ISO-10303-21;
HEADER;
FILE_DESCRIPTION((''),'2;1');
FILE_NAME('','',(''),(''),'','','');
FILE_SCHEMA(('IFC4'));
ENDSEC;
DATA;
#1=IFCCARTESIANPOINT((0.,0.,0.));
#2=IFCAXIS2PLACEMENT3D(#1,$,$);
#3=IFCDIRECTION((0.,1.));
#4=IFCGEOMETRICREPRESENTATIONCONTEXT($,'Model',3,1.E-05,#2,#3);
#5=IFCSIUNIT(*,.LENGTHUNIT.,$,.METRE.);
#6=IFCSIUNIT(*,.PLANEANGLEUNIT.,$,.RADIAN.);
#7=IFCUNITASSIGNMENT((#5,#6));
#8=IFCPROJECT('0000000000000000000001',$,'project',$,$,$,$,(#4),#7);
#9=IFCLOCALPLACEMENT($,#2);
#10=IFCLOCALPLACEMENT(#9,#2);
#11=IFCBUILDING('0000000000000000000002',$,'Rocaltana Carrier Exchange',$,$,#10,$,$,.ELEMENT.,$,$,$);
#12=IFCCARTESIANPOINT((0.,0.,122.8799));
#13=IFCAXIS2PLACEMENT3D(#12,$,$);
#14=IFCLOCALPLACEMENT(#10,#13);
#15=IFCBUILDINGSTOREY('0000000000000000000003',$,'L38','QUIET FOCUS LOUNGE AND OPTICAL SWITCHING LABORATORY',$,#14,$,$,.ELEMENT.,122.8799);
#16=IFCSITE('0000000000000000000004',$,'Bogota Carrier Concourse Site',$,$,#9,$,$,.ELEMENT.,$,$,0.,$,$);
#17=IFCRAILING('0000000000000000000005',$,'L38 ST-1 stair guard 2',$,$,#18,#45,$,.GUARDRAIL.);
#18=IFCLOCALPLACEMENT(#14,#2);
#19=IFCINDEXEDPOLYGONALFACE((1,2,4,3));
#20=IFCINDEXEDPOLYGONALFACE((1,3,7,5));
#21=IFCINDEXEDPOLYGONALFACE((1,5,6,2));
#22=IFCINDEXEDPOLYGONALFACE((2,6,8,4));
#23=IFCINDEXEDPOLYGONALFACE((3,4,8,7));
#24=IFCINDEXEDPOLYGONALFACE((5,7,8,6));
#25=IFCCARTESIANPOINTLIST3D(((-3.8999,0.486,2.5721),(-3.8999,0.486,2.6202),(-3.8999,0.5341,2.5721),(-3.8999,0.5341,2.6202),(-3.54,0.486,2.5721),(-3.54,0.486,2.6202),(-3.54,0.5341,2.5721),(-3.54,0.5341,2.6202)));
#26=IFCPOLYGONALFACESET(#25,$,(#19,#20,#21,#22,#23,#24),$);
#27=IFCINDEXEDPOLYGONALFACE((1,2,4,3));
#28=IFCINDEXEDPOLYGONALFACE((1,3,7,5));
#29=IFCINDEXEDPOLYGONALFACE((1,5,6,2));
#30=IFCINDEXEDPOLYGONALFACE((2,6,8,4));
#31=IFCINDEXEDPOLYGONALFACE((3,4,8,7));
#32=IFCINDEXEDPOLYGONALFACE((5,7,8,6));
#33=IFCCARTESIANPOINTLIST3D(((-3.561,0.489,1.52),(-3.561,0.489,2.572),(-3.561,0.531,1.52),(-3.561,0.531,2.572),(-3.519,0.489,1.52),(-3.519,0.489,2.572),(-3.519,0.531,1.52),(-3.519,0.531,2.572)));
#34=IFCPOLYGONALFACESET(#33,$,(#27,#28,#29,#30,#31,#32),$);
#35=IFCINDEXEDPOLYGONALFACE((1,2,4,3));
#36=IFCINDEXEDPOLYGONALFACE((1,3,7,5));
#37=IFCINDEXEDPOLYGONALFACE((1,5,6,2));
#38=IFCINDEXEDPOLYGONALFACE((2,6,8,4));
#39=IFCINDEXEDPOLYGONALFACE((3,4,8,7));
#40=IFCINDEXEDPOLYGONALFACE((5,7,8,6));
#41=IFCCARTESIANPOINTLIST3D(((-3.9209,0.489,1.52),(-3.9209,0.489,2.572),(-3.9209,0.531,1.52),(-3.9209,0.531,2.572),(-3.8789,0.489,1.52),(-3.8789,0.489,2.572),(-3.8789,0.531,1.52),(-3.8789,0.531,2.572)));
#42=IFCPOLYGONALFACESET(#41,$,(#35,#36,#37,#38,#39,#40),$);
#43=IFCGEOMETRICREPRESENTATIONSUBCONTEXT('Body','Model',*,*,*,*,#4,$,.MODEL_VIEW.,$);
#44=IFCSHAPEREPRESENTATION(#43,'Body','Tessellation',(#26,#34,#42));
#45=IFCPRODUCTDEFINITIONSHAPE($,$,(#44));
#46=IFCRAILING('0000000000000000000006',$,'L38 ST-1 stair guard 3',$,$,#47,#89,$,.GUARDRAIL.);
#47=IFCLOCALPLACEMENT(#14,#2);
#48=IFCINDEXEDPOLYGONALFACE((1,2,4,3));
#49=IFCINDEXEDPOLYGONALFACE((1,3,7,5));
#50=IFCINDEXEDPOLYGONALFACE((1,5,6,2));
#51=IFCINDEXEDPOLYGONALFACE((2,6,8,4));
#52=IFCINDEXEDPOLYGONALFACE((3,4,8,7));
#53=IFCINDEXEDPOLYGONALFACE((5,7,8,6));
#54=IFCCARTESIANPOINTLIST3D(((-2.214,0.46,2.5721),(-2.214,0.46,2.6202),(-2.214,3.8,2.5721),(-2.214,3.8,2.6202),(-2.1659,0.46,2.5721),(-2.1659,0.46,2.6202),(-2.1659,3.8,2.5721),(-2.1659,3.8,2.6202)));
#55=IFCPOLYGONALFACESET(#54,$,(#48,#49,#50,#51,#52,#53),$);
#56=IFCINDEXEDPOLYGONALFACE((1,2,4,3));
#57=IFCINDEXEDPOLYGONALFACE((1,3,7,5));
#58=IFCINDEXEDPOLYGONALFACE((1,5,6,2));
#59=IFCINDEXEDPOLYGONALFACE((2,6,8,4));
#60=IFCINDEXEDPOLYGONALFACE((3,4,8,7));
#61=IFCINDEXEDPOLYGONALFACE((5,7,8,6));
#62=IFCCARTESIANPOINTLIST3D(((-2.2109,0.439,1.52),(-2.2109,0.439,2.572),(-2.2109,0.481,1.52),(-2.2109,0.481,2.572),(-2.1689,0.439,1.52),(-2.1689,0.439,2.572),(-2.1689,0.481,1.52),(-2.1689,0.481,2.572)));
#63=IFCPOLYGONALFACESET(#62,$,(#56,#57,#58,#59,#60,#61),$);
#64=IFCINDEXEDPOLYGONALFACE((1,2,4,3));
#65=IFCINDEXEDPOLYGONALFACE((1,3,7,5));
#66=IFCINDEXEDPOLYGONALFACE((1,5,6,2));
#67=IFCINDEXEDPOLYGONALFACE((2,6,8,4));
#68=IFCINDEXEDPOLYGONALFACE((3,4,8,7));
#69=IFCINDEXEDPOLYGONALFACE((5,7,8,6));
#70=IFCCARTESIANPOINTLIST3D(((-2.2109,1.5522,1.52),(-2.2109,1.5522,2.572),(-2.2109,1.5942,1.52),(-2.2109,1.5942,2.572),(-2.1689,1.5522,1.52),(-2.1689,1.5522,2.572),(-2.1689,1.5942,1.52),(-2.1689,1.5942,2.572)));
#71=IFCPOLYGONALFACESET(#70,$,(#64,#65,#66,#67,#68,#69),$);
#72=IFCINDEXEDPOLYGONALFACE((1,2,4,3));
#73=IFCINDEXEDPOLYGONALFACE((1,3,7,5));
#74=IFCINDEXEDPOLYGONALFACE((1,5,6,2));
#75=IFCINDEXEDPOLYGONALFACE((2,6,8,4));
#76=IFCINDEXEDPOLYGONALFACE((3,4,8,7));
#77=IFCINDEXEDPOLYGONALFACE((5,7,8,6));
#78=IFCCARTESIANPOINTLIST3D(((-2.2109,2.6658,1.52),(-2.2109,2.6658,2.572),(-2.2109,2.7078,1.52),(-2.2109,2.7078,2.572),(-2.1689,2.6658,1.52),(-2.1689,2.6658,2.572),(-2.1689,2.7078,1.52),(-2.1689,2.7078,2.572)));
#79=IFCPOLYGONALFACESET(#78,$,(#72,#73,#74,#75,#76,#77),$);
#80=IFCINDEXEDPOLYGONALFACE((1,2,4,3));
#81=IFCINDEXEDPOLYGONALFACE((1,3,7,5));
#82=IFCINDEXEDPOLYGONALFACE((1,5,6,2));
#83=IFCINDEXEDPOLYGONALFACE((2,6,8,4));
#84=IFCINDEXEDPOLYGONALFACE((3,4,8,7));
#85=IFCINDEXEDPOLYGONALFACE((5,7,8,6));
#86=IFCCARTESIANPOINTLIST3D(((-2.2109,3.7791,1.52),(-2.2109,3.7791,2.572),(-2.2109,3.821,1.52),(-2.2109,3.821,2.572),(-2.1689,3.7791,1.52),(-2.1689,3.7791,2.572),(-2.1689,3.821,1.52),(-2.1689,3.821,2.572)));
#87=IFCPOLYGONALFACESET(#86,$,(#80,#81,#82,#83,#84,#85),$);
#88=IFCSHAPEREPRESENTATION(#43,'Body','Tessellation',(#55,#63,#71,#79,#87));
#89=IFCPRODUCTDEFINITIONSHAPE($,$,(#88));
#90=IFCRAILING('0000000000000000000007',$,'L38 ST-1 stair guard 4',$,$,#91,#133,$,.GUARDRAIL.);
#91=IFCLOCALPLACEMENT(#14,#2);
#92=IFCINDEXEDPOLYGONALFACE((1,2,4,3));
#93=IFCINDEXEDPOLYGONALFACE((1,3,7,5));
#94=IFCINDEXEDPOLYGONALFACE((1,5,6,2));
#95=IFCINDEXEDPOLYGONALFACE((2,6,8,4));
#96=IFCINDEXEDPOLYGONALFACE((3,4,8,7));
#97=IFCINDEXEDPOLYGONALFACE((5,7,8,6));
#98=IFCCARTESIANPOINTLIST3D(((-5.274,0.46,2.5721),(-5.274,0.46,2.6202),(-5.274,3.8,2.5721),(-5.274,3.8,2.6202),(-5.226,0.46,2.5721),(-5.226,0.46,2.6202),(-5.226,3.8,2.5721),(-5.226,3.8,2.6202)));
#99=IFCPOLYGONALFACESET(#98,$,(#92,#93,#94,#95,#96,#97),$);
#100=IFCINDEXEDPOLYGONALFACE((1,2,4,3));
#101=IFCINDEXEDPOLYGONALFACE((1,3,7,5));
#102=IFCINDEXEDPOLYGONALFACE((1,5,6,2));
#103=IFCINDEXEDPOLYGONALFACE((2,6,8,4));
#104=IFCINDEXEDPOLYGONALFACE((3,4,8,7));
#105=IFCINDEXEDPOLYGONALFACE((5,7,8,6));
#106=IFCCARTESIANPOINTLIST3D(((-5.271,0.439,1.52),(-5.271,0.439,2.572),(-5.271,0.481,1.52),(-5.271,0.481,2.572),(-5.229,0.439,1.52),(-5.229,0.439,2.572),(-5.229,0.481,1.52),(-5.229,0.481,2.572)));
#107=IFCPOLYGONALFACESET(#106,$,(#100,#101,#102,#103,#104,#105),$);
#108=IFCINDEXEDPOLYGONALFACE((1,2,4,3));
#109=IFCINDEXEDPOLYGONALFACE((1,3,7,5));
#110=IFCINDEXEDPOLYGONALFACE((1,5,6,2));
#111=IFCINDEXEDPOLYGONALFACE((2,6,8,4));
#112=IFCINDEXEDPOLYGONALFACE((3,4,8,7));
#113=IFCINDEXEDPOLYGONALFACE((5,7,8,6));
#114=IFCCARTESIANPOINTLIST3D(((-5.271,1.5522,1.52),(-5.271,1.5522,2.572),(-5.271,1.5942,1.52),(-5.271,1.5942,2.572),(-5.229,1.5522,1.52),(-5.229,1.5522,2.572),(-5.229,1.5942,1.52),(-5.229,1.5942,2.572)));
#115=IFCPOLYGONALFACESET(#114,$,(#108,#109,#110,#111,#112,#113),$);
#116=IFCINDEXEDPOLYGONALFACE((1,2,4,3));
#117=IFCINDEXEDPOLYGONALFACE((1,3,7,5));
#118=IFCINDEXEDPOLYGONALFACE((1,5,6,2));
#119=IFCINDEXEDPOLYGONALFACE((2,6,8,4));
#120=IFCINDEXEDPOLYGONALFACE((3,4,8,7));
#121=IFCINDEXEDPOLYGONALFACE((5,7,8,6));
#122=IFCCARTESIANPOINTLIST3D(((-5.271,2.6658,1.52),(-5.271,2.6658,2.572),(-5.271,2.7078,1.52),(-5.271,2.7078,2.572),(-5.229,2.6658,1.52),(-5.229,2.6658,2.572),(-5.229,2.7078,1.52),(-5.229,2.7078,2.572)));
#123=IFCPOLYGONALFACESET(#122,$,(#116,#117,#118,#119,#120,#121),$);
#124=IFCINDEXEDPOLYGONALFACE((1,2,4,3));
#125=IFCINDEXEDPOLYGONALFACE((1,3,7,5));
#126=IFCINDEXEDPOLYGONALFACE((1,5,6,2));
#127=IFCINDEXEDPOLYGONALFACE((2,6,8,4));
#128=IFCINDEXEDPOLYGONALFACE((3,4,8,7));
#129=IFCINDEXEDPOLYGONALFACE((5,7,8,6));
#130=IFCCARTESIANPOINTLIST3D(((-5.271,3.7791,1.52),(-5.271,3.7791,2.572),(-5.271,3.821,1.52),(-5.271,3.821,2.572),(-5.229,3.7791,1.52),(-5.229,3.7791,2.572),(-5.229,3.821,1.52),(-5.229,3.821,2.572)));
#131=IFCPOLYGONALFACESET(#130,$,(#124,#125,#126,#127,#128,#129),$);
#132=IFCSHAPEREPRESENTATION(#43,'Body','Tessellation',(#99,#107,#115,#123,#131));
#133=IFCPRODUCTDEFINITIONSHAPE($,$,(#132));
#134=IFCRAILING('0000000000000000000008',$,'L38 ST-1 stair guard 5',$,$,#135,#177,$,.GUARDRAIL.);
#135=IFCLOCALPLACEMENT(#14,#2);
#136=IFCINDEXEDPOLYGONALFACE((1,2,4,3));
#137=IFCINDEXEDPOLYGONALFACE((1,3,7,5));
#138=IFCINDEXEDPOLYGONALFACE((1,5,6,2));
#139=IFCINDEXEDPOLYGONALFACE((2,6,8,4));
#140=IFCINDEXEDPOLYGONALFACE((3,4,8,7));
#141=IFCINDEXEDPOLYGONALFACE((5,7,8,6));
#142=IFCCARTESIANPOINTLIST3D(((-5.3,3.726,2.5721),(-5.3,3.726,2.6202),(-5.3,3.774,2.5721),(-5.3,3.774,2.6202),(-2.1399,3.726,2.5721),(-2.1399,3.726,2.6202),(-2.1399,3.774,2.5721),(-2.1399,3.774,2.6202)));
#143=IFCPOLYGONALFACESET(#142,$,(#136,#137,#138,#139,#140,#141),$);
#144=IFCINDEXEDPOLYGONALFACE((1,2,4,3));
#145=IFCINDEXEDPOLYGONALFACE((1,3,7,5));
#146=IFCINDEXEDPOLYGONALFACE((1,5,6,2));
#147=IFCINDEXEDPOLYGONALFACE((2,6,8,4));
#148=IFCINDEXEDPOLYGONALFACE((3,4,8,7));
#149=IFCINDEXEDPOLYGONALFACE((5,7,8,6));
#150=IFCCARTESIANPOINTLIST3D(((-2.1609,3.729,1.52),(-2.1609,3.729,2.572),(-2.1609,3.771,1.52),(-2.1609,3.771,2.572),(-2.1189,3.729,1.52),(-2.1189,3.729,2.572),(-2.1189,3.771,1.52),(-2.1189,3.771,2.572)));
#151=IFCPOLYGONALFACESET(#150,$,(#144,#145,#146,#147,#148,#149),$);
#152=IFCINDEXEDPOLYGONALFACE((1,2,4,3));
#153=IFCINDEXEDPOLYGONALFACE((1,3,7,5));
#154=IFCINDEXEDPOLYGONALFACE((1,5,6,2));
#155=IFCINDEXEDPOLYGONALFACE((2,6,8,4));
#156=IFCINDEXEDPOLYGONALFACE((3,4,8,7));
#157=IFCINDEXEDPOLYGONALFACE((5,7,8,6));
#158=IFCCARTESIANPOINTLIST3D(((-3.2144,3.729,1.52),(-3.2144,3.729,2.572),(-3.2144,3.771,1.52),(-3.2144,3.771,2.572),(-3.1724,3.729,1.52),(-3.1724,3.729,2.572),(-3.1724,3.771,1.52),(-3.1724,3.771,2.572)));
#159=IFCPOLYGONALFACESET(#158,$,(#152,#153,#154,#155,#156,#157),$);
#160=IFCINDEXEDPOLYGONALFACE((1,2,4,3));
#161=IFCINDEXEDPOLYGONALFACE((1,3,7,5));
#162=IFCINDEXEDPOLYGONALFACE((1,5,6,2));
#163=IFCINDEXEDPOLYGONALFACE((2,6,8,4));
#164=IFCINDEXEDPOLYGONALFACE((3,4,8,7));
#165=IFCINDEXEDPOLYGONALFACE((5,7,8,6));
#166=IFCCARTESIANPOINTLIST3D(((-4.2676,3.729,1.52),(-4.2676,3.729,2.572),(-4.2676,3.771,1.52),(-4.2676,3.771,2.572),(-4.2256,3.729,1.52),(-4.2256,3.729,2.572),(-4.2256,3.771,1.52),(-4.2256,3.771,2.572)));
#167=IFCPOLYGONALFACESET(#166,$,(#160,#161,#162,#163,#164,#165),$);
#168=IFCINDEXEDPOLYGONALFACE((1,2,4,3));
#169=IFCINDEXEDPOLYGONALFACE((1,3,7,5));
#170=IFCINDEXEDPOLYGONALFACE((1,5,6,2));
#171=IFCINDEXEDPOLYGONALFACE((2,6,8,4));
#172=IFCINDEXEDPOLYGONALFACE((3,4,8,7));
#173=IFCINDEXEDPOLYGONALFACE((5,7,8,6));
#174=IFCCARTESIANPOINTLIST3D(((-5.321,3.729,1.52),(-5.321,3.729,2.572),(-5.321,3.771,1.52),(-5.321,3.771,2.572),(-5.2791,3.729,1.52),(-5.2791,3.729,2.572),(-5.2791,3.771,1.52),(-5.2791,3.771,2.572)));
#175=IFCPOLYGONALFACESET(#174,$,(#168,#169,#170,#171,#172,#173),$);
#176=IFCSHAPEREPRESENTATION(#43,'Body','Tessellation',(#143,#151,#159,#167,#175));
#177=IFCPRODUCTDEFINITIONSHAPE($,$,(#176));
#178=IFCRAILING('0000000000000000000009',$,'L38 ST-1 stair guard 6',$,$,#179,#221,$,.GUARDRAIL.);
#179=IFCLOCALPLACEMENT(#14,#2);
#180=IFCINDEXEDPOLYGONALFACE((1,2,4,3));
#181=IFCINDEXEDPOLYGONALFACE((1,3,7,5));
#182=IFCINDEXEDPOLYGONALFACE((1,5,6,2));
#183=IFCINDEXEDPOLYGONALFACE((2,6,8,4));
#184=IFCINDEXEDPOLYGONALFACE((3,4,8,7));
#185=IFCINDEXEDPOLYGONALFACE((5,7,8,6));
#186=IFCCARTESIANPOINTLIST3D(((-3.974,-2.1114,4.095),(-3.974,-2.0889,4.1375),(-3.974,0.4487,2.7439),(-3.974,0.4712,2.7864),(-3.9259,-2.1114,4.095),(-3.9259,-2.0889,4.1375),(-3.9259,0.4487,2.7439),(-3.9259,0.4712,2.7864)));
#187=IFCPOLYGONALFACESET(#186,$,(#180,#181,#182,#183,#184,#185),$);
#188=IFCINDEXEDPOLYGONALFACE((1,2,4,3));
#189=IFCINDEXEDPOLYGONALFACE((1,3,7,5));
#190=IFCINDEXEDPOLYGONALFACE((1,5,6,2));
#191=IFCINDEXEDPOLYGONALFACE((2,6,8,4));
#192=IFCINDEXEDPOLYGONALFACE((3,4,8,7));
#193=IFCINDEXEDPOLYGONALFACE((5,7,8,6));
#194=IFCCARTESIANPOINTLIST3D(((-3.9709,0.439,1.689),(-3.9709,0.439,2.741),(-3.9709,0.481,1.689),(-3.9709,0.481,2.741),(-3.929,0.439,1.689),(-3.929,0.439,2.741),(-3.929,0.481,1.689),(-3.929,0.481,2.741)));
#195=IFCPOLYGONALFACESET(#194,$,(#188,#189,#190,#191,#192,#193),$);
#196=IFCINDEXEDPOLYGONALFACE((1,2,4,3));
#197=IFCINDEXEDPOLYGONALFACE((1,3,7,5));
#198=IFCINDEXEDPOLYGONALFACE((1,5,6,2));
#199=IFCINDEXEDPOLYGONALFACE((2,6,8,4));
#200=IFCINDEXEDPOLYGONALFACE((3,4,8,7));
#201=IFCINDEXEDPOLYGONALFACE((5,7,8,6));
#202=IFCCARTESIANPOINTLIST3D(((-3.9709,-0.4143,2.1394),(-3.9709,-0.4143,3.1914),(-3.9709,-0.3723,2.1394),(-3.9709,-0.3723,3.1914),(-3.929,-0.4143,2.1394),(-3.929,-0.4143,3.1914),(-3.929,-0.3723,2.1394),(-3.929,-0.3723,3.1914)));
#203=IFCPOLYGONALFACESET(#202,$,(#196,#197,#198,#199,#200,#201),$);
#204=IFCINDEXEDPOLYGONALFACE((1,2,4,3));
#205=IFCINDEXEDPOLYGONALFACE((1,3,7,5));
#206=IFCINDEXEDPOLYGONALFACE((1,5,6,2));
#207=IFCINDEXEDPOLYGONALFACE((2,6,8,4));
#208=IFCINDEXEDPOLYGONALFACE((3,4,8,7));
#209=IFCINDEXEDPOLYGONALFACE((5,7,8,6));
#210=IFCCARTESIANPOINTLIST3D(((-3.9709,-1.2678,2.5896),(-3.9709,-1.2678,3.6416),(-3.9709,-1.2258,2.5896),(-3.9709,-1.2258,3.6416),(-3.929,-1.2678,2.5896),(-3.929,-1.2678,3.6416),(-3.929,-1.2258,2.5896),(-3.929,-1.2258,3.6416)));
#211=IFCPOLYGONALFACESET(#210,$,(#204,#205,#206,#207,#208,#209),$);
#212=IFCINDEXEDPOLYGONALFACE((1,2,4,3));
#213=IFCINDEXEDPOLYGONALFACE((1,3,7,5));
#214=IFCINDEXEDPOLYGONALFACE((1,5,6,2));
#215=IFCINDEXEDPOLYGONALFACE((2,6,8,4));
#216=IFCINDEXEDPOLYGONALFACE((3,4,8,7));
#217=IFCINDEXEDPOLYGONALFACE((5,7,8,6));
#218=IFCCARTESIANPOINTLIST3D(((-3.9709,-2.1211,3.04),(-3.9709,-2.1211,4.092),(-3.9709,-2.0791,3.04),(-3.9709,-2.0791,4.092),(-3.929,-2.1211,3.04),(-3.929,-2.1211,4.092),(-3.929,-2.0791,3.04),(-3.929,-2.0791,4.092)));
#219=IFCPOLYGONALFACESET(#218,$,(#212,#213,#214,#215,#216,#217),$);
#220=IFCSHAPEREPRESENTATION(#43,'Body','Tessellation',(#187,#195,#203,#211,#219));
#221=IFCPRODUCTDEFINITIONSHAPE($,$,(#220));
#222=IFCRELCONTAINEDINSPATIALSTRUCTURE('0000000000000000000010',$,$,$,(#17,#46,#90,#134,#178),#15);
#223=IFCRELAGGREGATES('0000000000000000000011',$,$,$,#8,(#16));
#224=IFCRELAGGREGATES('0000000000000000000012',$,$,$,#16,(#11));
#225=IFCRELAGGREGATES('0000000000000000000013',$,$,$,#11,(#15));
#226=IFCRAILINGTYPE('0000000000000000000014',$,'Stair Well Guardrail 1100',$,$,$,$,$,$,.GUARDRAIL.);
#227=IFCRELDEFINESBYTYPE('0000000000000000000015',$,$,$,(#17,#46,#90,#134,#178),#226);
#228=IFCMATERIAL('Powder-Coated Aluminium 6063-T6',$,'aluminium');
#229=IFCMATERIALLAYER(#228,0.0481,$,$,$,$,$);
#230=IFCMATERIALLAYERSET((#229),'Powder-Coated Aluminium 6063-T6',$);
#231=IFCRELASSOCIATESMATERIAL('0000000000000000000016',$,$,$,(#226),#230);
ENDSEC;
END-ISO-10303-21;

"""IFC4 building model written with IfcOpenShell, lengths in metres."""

from ifc_helpers import new_model, si_unit, direction, frame, origin, origin_2d, place, context, subcontext, project, spatial, rectangle, extrude, material, layer, layer_set, type_object, element, save


model = new_model("IFC4")

# Units and contexts
model_context = context("Model", 3, precision=1e-05, world=origin(), true_north=direction((0.0, 1.0)))
body_context = subcontext(model_context, "Body", "Model", "MODEL_VIEW")
ifc_project = project(units=[si_unit("LENGTHUNIT", "METRE"), si_unit("PLANEANGLEUNIT", "RADIAN")], contexts=[model_context])

# Site, building, storey
site_placement = place(None, origin())
site = spatial("IfcSite", under=ifc_project, at=site_placement, Name="Bogota Carrier Concourse Site", CompositionType="ELEMENT", RefElevation=0.0)
building_placement = place(site_placement, origin())
building = spatial("IfcBuilding", under=site, at=building_placement, Name="Rocaltana Carrier Exchange", CompositionType="ELEMENT")
storey_placement = place(building_placement, frame((0.0, 0.0, 122.8799)))
storey = spatial("IfcBuildingStorey", under=building, at=storey_placement, Name="L38", Description="QUIET FOCUS LOUNGE AND OPTICAL SWITCHING LABORATORY", CompositionType="ELEMENT", Elevation=122.8799)

# Railings
ifc_material_1 = material(Name="Powder-Coated Aluminium 6063-T6", Category="aluminium")
ifc_layer_1 = layer(ifc_material_1, 0.0481)
ifc_layer_set_1 = layer_set([ifc_layer_1], Name="Powder-Coated Aluminium 6063-T6")
railing_type_1 = type_object("IfcRailingType", Name="Stair Well Guardrail 1100", PredefinedType="GUARDRAIL", material=ifc_layer_set_1)
railing_1_placement = place(storey_placement, frame((-3.54, 0.51, 1.52)))
element("IfcRailing", 1, at=railing_1_placement, inside=storey, type_object=railing_type_1, Name="L38 ST-1 stair guard 2", PredefinedType="GUARDRAIL", context=body_context, shape_type="SweptSolid", body=[
    extrude(rectangle(XDim=0.0481, YDim=0.0481, at=origin_2d()), frame((0.0, 0.0, 1.0762), z_axis=(-1.0, 0.0, 0.0), x_axis=(0.0, -1.0, 0.0)), (0.0, 0.0, 1.0), 0.3599),
    extrude(rectangle(XDim=0.042, YDim=0.042, at=origin_2d()), origin(), (0.0, 0.0, 1.0), 1.052),
    extrude(rectangle(XDim=0.042, YDim=0.042, at=origin_2d()), frame((-0.3599, 0.0, 0.0)), (0.0, 0.0, 1.0), 1.052),
])
for number, where, name in (
    (2, (-2.1899, 0.46, 1.52), "L38 ST-1 stair guard 3"),
    (3, (-5.25, 0.46, 1.52), "L38 ST-1 stair guard 4"),
):
    element("IfcRailing", number, at=place(storey_placement, frame(where)), inside=storey, type_object=railing_type_1, Name=name, PredefinedType="GUARDRAIL", context=body_context, shape_type="SweptSolid", body=[
        extrude(rectangle(XDim=0.0481, YDim=0.0481, at=origin_2d()), frame((0.0, 0.0, 1.0762), z_axis=(0.0, 1.0, 0.0), x_axis=(-1.0, 0.0, 0.0)), (0.0, 0.0, 1.0), 3.3401),
        extrude(rectangle(XDim=0.042, YDim=0.042, at=origin_2d()), origin(), (0.0, 0.0, 1.0), 1.052),
        extrude(rectangle(XDim=0.042, YDim=0.042, at=origin_2d()), frame((0.0, 1.1133, 0.0)), (0.0, 0.0, 1.0), 1.052),
        extrude(rectangle(XDim=0.042, YDim=0.042, at=origin_2d()), frame((0.0, 2.2268, 0.0)), (0.0, 0.0, 1.0), 1.052),
        extrude(rectangle(XDim=0.042, YDim=0.042, at=origin_2d()), frame((0.0, 3.3401, 0.0)), (0.0, 0.0, 1.0), 1.052),
    ])
railing_2_placement = place(storey_placement, frame((-2.1399, 3.75, 1.52)))
element("IfcRailing", 4, at=railing_2_placement, inside=storey, type_object=railing_type_1, Name="L38 ST-1 stair guard 5", PredefinedType="GUARDRAIL", context=body_context, shape_type="SweptSolid", body=[
    extrude(rectangle(XDim=0.0481, YDim=0.0481, at=origin_2d()), frame((0.0, 0.0, 1.0762), z_axis=(-1.0, 0.0, 0.0), x_axis=(0.0, -1.0, 0.0)), (0.0, 0.0, 1.0), 3.1602),
    extrude(rectangle(XDim=0.042, YDim=0.042, at=origin_2d()), origin(), (0.0, 0.0, 1.0), 1.052),
    extrude(rectangle(XDim=0.042, YDim=0.042, at=origin_2d()), frame((-1.0535, 0.0, 0.0)), (0.0, 0.0, 1.0), 1.052),
    extrude(rectangle(XDim=0.042, YDim=0.042, at=origin_2d()), frame((-2.1067, 0.0, 0.0)), (0.0, 0.0, 1.0), 1.052),
    extrude(rectangle(XDim=0.042, YDim=0.042, at=origin_2d()), frame((-3.1602, 0.0, 0.0)), (0.0, 0.0, 1.0), 1.052),
])
railing_3_placement = place(storey_placement, frame((-3.95, 0.46, 1.689)))
element("IfcRailing", 5, at=railing_3_placement, inside=storey, type_object=railing_type_1, Name="L38 ST-1 stair guard 6", PredefinedType="GUARDRAIL", context=body_context, shape_type="SweptSolid", body=[
    extrude(rectangle(XDim=0.0481, YDim=0.0481, at=origin_2d()), frame((0.0, 0.0, 1.0762), z_axis=(0.0, -0.884394, 0.46674), x_axis=(1.0, 0.0, 0.0)), (0.0, 0.0, 1.0), 2.8948),
    extrude(rectangle(XDim=0.042, YDim=0.042, at=origin_2d()), origin(), (0.0, 0.0, 1.0), 1.052),
    extrude(rectangle(XDim=0.042, YDim=0.042, at=origin_2d()), frame((0.0, -0.8533, 0.4504)), (0.0, 0.0, 1.0), 1.052),
    extrude(rectangle(XDim=0.042, YDim=0.042, at=origin_2d()), frame((0.0, -1.7068, 0.9006)), (0.0, 0.0, 1.0), 1.052),
    extrude(rectangle(XDim=0.042, YDim=0.042, at=origin_2d()), frame((0.0, -2.5601, 1.3511)), (0.0, 0.0, 1.0), 1.052),
])

save(model, "model.ifc")
